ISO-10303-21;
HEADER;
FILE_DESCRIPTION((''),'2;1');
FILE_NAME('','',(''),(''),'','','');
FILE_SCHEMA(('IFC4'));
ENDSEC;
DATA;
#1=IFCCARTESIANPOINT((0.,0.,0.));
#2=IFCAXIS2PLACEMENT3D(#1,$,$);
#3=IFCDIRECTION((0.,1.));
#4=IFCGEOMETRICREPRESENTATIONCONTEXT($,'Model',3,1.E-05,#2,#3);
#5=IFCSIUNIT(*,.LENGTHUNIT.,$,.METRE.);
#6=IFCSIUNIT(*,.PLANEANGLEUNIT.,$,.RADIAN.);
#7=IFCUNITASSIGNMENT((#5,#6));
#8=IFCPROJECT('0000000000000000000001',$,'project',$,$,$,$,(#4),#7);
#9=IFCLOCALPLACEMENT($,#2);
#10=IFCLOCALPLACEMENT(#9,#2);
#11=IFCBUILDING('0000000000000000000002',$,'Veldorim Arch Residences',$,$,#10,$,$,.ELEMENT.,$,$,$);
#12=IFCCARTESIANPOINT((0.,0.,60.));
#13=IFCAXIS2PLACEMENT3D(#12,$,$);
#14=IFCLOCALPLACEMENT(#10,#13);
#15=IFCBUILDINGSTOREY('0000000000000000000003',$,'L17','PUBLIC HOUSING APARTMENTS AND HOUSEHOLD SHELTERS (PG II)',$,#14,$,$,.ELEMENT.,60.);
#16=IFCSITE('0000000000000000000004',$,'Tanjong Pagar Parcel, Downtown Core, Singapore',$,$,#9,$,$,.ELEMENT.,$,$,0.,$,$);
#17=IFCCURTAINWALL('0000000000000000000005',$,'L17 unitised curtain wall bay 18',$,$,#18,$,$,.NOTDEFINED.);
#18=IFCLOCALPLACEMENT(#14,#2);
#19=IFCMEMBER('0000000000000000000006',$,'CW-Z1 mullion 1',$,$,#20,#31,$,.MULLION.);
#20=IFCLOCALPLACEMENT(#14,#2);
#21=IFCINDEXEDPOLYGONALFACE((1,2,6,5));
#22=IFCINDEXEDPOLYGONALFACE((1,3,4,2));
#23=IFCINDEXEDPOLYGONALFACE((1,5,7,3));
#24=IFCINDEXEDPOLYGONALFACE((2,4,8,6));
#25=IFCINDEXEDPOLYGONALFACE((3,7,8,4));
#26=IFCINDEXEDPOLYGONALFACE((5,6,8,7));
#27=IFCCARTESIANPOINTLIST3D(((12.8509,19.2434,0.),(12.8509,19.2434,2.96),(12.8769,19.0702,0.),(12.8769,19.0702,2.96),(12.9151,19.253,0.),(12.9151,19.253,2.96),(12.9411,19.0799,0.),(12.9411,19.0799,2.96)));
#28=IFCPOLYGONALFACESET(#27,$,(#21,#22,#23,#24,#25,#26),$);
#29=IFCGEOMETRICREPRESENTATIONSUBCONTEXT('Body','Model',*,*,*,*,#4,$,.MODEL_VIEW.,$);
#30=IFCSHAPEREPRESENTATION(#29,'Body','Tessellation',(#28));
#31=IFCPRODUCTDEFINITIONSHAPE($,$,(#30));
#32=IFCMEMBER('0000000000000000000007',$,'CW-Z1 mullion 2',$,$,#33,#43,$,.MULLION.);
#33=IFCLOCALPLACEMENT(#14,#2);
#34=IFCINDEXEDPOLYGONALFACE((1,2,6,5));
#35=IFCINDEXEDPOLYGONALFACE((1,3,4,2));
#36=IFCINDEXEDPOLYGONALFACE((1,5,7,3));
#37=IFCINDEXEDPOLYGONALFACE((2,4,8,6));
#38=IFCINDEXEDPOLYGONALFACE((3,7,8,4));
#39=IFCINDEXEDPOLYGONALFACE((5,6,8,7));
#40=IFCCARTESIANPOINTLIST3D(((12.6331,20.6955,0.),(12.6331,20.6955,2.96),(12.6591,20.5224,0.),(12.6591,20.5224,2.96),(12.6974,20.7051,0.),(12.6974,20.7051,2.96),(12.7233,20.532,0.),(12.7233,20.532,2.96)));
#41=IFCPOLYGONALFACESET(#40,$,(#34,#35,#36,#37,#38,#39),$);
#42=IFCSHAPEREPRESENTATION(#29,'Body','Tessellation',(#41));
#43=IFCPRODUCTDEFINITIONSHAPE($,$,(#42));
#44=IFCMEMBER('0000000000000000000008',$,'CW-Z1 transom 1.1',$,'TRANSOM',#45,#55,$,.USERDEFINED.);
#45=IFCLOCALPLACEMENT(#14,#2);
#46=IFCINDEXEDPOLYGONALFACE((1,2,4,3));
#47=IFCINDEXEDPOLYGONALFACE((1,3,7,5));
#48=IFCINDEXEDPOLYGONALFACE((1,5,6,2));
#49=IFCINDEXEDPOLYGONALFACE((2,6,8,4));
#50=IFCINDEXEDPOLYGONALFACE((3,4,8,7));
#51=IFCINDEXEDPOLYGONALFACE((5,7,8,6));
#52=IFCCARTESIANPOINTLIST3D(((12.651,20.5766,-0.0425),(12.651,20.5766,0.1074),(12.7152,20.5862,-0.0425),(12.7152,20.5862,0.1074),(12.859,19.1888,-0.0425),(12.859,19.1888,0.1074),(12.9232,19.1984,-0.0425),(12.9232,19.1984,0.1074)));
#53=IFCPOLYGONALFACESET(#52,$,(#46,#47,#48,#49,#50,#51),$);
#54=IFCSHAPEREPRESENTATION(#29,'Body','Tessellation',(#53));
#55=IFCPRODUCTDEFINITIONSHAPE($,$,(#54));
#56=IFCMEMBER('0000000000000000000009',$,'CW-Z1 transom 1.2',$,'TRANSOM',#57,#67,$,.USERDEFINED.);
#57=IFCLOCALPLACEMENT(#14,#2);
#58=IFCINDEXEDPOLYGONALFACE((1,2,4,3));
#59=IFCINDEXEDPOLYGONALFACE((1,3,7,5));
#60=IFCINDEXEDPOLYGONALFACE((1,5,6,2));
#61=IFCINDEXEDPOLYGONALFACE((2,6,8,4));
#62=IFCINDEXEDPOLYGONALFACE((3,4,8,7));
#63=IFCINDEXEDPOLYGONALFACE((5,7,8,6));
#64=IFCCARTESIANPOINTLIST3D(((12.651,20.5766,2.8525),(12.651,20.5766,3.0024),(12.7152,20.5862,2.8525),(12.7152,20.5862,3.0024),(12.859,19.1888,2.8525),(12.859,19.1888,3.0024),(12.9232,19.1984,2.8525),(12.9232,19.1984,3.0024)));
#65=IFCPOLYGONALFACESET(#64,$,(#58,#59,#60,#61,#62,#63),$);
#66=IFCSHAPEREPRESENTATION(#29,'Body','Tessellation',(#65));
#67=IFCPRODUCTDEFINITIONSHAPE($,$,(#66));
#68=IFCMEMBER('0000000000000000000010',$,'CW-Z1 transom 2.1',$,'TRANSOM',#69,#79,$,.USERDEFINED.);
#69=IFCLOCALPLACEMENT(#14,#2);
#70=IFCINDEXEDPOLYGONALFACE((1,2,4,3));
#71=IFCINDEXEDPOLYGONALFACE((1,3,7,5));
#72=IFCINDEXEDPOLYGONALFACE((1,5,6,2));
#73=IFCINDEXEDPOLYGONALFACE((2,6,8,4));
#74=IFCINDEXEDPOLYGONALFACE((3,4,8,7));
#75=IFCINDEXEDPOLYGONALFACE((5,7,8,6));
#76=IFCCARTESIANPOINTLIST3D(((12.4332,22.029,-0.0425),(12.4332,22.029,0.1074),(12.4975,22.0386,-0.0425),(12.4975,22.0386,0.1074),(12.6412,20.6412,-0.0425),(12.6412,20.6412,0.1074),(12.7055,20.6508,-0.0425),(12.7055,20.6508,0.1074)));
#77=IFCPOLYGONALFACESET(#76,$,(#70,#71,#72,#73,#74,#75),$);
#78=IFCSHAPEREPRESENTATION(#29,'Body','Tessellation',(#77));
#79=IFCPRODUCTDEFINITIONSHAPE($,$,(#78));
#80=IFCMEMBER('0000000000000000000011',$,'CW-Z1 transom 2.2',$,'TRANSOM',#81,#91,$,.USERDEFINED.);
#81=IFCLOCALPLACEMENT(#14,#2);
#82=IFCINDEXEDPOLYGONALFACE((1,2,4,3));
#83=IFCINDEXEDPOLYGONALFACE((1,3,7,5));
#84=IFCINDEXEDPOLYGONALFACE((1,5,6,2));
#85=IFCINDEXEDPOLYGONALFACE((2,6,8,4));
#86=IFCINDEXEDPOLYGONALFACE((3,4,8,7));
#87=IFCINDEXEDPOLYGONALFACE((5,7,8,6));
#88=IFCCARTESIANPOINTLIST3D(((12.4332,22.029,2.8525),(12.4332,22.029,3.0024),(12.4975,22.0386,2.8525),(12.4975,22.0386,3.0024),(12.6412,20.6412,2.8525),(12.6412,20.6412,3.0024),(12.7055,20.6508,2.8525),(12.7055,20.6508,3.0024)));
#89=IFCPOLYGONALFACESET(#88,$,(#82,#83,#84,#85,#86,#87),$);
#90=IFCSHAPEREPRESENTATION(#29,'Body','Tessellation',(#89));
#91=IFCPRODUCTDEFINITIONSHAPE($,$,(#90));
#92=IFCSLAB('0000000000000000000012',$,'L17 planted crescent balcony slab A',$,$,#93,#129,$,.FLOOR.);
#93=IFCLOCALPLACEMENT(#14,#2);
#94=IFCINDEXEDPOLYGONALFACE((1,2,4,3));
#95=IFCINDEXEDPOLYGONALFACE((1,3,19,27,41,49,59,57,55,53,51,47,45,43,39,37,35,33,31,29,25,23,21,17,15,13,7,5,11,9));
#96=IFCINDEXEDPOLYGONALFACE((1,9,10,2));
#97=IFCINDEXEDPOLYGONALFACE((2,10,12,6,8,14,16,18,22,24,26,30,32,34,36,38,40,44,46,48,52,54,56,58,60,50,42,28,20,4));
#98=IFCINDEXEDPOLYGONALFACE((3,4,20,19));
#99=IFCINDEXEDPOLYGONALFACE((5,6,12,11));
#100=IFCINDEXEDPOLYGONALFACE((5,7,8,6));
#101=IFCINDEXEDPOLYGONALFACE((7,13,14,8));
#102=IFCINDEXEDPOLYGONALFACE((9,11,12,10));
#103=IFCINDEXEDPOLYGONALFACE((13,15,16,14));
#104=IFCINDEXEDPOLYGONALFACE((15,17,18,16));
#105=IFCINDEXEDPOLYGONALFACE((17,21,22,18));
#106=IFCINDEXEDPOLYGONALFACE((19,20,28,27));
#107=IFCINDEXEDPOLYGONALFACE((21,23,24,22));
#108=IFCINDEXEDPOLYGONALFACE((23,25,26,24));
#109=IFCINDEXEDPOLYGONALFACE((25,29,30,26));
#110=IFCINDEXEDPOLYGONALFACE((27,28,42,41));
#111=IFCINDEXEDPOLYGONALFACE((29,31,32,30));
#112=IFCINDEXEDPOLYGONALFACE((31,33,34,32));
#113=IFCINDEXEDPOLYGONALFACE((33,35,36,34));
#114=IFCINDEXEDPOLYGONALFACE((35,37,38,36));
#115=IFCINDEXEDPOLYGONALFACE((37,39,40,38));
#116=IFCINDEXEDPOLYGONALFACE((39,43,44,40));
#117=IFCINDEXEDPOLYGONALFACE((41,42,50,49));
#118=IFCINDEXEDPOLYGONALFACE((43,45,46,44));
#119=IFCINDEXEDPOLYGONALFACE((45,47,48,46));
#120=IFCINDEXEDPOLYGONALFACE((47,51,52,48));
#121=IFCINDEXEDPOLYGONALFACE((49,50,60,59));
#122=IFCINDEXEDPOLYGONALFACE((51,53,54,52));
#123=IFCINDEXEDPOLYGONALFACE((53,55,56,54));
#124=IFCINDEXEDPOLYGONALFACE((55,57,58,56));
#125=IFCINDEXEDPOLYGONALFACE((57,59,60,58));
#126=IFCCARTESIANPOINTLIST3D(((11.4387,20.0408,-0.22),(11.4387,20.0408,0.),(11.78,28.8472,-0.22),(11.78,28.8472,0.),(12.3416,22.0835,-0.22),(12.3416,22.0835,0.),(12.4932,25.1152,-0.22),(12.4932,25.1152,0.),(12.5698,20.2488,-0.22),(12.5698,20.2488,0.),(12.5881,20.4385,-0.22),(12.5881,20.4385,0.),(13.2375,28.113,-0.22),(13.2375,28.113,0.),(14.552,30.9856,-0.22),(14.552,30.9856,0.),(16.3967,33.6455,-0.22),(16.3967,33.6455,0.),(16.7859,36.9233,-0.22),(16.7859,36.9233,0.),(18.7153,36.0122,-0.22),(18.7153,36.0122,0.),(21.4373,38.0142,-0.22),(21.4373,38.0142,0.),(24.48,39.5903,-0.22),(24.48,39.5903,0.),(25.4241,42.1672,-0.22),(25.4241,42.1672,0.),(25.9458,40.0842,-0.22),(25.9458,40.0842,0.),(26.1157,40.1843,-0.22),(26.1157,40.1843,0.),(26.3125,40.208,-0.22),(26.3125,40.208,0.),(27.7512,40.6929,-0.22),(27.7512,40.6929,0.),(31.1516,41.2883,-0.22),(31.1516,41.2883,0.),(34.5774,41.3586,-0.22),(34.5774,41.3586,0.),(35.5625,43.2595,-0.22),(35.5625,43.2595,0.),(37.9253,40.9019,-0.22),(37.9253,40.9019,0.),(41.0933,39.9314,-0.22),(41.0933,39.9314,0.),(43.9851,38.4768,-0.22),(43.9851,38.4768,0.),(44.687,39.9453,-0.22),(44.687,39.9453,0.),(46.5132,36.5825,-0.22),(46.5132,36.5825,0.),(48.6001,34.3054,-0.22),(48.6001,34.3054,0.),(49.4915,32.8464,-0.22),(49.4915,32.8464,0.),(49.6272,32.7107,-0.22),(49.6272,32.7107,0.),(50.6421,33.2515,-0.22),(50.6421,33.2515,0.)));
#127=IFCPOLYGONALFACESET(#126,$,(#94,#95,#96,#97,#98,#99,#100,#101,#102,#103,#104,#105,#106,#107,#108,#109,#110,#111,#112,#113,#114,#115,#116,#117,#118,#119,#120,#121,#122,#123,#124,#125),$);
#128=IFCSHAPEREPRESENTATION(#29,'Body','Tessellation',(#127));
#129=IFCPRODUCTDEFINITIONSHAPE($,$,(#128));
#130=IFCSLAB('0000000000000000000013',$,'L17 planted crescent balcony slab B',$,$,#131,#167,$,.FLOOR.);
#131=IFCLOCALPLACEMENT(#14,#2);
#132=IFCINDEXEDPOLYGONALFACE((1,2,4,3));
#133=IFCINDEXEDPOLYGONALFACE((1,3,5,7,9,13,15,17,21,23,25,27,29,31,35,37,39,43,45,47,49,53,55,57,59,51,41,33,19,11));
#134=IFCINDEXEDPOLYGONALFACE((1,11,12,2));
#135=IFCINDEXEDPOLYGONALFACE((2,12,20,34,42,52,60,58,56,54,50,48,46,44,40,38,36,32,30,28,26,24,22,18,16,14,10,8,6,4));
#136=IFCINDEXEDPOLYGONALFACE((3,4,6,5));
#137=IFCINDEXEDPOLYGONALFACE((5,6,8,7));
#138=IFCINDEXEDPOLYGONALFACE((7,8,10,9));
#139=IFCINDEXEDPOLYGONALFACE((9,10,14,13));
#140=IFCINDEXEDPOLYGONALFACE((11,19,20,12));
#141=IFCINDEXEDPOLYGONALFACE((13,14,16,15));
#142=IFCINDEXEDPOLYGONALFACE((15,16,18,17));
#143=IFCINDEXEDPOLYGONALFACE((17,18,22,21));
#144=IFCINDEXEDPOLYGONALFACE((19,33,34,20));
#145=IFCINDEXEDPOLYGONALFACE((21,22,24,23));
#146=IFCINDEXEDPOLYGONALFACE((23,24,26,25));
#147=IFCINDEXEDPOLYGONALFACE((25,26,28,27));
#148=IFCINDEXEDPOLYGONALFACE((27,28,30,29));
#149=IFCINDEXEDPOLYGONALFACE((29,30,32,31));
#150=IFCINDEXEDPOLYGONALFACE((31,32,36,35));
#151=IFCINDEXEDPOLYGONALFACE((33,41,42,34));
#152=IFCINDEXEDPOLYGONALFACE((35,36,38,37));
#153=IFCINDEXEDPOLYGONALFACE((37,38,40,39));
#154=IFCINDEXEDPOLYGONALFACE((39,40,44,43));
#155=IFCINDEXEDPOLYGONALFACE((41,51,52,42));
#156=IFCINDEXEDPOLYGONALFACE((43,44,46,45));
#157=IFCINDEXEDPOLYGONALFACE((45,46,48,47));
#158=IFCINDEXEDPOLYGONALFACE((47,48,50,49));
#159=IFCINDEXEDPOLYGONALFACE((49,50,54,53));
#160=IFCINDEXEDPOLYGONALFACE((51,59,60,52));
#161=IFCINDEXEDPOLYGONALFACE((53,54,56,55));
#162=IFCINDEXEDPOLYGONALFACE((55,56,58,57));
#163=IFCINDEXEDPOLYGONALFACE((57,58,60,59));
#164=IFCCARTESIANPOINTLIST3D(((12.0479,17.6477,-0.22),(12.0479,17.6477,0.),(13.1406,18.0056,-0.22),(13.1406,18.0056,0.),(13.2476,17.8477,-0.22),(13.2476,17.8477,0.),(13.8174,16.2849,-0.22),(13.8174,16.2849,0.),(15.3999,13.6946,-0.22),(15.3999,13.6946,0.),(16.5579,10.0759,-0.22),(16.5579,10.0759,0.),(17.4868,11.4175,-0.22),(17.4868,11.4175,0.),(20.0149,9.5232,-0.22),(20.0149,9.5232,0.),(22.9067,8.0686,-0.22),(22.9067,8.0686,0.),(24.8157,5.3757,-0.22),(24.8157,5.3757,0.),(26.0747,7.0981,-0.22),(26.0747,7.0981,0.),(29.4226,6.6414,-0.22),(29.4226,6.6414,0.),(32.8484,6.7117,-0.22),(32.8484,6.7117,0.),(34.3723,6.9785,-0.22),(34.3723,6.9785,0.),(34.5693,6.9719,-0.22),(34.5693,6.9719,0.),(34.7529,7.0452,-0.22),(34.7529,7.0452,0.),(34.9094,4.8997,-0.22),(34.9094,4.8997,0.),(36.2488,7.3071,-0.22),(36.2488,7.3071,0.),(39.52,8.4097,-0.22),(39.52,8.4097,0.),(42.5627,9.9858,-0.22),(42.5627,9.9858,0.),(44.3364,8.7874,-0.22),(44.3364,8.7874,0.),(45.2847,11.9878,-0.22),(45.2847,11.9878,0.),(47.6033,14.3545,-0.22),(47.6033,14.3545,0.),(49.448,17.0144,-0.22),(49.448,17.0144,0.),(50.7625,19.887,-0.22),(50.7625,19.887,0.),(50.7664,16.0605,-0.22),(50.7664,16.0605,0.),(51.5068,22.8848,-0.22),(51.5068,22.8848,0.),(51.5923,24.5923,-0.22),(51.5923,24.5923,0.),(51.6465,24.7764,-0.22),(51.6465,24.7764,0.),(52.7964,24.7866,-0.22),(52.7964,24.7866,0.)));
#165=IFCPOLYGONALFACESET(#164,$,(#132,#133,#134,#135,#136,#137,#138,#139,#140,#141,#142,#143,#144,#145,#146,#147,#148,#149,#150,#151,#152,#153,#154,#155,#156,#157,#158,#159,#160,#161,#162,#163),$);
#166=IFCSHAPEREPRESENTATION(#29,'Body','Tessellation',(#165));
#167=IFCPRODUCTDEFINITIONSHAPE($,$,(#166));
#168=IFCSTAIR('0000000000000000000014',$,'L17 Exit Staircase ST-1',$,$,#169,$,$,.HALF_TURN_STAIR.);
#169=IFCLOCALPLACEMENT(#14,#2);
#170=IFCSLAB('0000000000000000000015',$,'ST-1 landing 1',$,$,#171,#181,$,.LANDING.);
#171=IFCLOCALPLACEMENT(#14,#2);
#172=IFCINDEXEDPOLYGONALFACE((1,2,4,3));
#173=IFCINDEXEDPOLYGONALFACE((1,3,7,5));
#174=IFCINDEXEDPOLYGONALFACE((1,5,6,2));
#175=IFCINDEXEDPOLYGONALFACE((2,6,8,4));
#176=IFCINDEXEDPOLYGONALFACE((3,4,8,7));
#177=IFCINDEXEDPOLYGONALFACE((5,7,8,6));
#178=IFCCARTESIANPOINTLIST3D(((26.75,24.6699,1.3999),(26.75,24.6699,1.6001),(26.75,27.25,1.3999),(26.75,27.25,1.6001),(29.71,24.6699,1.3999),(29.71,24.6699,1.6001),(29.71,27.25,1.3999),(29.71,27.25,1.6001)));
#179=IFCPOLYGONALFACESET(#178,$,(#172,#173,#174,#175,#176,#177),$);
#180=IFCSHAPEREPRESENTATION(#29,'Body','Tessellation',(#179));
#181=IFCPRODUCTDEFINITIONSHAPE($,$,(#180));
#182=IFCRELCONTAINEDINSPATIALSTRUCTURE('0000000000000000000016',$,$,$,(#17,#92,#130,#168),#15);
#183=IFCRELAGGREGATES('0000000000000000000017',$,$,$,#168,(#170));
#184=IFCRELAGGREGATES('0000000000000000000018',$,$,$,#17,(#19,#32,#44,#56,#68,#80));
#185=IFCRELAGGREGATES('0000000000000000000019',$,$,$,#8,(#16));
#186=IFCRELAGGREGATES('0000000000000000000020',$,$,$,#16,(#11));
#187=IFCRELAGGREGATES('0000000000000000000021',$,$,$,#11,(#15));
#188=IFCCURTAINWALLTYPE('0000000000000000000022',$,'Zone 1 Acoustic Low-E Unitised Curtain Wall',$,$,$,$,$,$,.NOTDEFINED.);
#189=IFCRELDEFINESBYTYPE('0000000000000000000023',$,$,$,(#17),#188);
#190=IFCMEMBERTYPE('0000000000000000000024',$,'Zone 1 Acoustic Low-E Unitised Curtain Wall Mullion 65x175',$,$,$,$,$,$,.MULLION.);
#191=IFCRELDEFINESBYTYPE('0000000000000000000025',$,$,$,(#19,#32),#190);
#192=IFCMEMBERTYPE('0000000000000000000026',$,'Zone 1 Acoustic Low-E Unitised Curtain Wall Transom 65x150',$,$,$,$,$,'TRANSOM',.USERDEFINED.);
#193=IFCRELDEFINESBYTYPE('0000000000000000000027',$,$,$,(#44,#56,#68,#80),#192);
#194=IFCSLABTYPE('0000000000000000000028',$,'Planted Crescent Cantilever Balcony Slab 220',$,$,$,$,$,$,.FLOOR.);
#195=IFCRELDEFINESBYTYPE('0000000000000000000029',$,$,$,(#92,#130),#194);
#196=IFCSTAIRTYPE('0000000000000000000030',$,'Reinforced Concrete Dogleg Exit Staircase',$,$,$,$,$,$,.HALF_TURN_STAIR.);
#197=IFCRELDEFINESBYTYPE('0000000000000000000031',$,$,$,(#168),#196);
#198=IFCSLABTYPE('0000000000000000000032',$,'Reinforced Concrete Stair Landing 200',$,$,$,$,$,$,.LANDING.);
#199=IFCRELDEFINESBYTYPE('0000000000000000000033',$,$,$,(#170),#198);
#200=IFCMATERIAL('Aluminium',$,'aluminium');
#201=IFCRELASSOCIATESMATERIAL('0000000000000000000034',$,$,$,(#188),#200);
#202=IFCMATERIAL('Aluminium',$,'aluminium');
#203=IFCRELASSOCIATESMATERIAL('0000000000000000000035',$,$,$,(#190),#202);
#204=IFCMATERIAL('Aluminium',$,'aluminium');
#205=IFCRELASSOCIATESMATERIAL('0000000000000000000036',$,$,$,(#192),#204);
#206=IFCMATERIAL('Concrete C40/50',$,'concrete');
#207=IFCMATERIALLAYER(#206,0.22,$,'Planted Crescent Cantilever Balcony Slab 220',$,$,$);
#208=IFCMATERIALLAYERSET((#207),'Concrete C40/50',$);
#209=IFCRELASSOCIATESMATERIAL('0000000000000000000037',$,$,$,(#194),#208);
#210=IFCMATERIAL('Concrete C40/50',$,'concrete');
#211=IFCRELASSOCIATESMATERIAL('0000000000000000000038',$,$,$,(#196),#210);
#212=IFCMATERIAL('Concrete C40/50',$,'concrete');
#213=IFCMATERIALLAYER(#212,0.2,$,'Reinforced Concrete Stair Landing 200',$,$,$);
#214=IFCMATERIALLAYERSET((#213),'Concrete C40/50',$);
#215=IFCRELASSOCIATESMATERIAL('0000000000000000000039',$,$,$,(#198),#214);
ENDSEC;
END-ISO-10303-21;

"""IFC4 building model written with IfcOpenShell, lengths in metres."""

from ifc_helpers import new_model, si_unit, direction, frame, origin, origin_2d, place, context, subcontext, project, spatial, polyline, rectangle, outline, extrude, material, layer, layer_set, material_profile, profile_set, type_object, element, aggregate, save


model = new_model("IFC4")

# Units and contexts
model_context = context("Model", 3, precision=1e-05, world=origin(), true_north=direction((0.0, 1.0)))
body_context = subcontext(model_context, "Body", "Model", "MODEL_VIEW")
ifc_project = project(units=[si_unit("LENGTHUNIT", "METRE"), si_unit("PLANEANGLEUNIT", "RADIAN")], contexts=[model_context])

# Site, building, storey
site_placement = place(None, origin())
site = spatial("IfcSite", under=ifc_project, at=site_placement, Name="Tanjong Pagar Parcel, Downtown Core, Singapore", CompositionType="ELEMENT", RefElevation=0.0)
building_placement = place(site_placement, origin())
building = spatial("IfcBuilding", under=site, at=building_placement, Name="Veldorim Arch Residences", CompositionType="ELEMENT")
storey_placement = place(building_placement, frame((0.0, 0.0, 60.0)))
storey = spatial("IfcBuildingStorey", under=building, at=storey_placement, Name="L17", Description="PUBLIC HOUSING APARTMENTS AND HOUSEHOLD SHELTERS (PG II)", CompositionType="ELEMENT", Elevation=60.0)

# Curtain wall, members
ifc_material_1 = material(Name="Aluminium", Category="aluminium")
curtain_wall_type = type_object("IfcCurtainWallType", Name="Zone 1 Acoustic Low-E Unitised Curtain Wall", PredefinedType="NOTDEFINED", material=ifc_material_1)
curtain_wall_placement = place(storey_placement, origin())
curtain_wall = element("IfcCurtainWall", 1, at=curtain_wall_placement, inside=storey, type_object=curtain_wall_type, Name="L17 unitised curtain wall bay 18", PredefinedType="NOTDEFINED")
ifc_material_2 = material(Name="Aluminium", Category="aluminium")
ifc_material_profile_1 = material_profile(ifc_material_2, rectangle(XDim=0.0649, YDim=0.175, at=origin_2d()), Name="ALU_MUL_65x175")
ifc_profile_set_1 = profile_set([ifc_material_profile_1], Name="Aluminium")
member_type_1 = type_object("IfcMemberType", Name="Zone 1 Acoustic Low-E Unitised Curtain Wall Mullion 65x175", PredefinedType="MULLION", material=ifc_profile_set_1)
member_1_placement = place(storey_placement, frame((12.896, 19.1616, 0.0), z_axis=(0.0, 0.0, 1.0), x_axis=(-0.988941, -0.148306, 0.0)))
member_1 = element("IfcMember", 2, at=member_1_placement, type_object=member_type_1, Name="CW-Z1 mullion 1", PredefinedType="MULLION", context=body_context, shape_type="SweptSolid", body=[
    extrude(rectangle(XDim=0.0649, YDim=0.175, at=origin_2d()), origin(), (0.0, 0.0, 1.0), 2.96),
])
member_2_placement = place(storey_placement, frame((12.6782, 20.6138, 0.0), z_axis=(0.0, 0.0, 1.0), x_axis=(-0.988941, -0.148306, 0.0)))
member_2 = element("IfcMember", 3, at=member_2_placement, type_object=member_type_1, Name="CW-Z1 mullion 2", PredefinedType="MULLION", context=body_context, shape_type="SweptSolid", body=[
    extrude(rectangle(XDim=0.0649, YDim=0.175, at=origin_2d()), origin(), (0.0, 0.0, 1.0), 2.96),
])
ifc_material_3 = material(Name="Aluminium", Category="aluminium")
ifc_material_profile_2 = material_profile(ifc_material_3, rectangle(XDim=0.0649, YDim=0.1499, at=origin_2d()), Name="ALU_TRN_65x150")
ifc_profile_set_2 = profile_set([ifc_material_profile_2], Name="Aluminium")
member_type_2 = type_object("IfcMemberType", Name="Zone 1 Acoustic Low-E Unitised Curtain Wall Transom 65x150", ElementType="TRANSOM", PredefinedType="USERDEFINED", material=ifc_profile_set_2)
member_3_placement = place(storey_placement, frame((12.8911, 19.1936, 0.0325), z_axis=(-0.148213, 0.988955, 0.0), x_axis=(-0.988955, -0.148213, 0.0)))
member_3 = element("IfcMember", 4, at=member_3_placement, type_object=member_type_2, Name="CW-Z1 transom 1.1", ObjectType="TRANSOM", PredefinedType="USERDEFINED", context=body_context, shape_type="SweptSolid", body=[
    extrude(rectangle(XDim=0.0649, YDim=0.1499, at=origin_2d()), origin(), (0.0, 0.0, 1.0), 1.4033),
])
member_4_placement = place(storey_placement, frame((12.8911, 19.1936, 2.9275), z_axis=(-0.148213, 0.988955, 0.0), x_axis=(-0.988955, -0.148213, 0.0)))
member_4 = element("IfcMember", 5, at=member_4_placement, type_object=member_type_2, Name="CW-Z1 transom 1.2", ObjectType="TRANSOM", PredefinedType="USERDEFINED", context=body_context, shape_type="SweptSolid", body=[
    extrude(rectangle(XDim=0.0649, YDim=0.1499, at=origin_2d()), origin(), (0.0, 0.0, 1.0), 1.4033),
])
member_5_placement = place(storey_placement, frame((12.6733, 20.646, 0.0325), z_axis=(-0.148213, 0.988955, 0.0), x_axis=(-0.988955, -0.148213, 0.0)))
member_5 = element("IfcMember", 6, at=member_5_placement, type_object=member_type_2, Name="CW-Z1 transom 2.1", ObjectType="TRANSOM", PredefinedType="USERDEFINED", context=body_context, shape_type="SweptSolid", body=[
    extrude(rectangle(XDim=0.0649, YDim=0.1499, at=origin_2d()), origin(), (0.0, 0.0, 1.0), 1.4033),
])
member_6_placement = place(storey_placement, frame((12.6733, 20.646, 2.9275), z_axis=(-0.148213, 0.988955, 0.0), x_axis=(-0.988955, -0.148213, 0.0)))
member_6 = element("IfcMember", 7, at=member_6_placement, type_object=member_type_2, Name="CW-Z1 transom 2.2", ObjectType="TRANSOM", PredefinedType="USERDEFINED", context=body_context, shape_type="SweptSolid", body=[
    extrude(rectangle(XDim=0.0649, YDim=0.1499, at=origin_2d()), origin(), (0.0, 0.0, 1.0), 1.4033),
])

# Slabs
ifc_material_4 = material(Name="Concrete C40/50", Category="concrete")
ifc_layer_1 = layer(ifc_material_4, 0.22, Name="Planted Crescent Cantilever Balcony Slab 220")
ifc_layer_set_1 = layer_set([ifc_layer_1], Name="Concrete C40/50")
slab_type_1 = type_object("IfcSlabType", Name="Planted Crescent Cantilever Balcony Slab 220", PredefinedType="FLOOR", material=ifc_layer_set_1)
slab_1_placement = place(storey_placement, frame((0.0, 0.0, -0.22)))
element("IfcSlab", 8, at=slab_1_placement, inside=storey, type_object=slab_type_1, Name="L17 planted crescent balcony slab A", PredefinedType="FLOOR", context=body_context, shape_type="SweptSolid", body=[
    extrude(outline(polyline([(49.4915, 32.8464), (48.6001, 34.3054), (46.5132, 36.5825), (43.9851, 38.4768), (41.0933, 39.9314), (37.9253, 40.9019), (34.5774, 41.3586), (31.1516, 41.2883), (27.7512, 40.6929), (26.3125, 40.208), (26.1157, 40.1843), (25.9458, 40.0842), (24.48, 39.5903), (21.4373, 38.0142), (18.7153, 36.0122), (16.3967, 33.6455), (14.552, 30.9856), (13.2375, 28.113), (12.4932, 25.1152), (12.3416, 22.0835), (12.5881, 20.4385), (12.5698, 20.2488), (11.4387, 20.0408), (11.78, 28.8472), (16.7859, 36.9233), (25.4241, 42.1672), (35.5625, 43.2595), (44.687, 39.9453), (50.6421, 33.2515), (49.6272, 32.7107), (49.4915, 32.8464)])), origin(), (0.0, 0.0, 1.0), 0.22),
])
slab_2_placement = place(storey_placement, frame((0.0, 0.0, -0.22)))
element("IfcSlab", 9, at=slab_2_placement, inside=storey, type_object=slab_type_1, Name="L17 planted crescent balcony slab B", PredefinedType="FLOOR", context=body_context, shape_type="SweptSolid", body=[
    extrude(outline(polyline([(13.2476, 17.8477), (13.8174, 16.2849), (15.3999, 13.6946), (17.4868, 11.4175), (20.0149, 9.5232), (22.9067, 8.0686), (26.0747, 7.0981), (29.4226, 6.6414), (32.8484, 6.7117), (34.3723, 6.9785), (34.5693, 6.9719), (34.7529, 7.0452), (36.2488, 7.3071), (39.52, 8.4097), (42.5627, 9.9858), (45.2847, 11.9878), (47.6033, 14.3545), (49.448, 17.0144), (50.7625, 19.887), (51.5068, 22.8848), (51.5923, 24.5923), (51.6465, 24.7764), (52.7964, 24.7866), (50.7664, 16.0605), (44.3364, 8.7874), (34.9094, 4.8997), (24.8157, 5.3757), (16.5579, 10.0759), (12.0479, 17.6477), (13.1406, 18.0056), (13.2476, 17.8477)])), origin(), (0.0, 0.0, 1.0), 0.22),
])

# Stair, slab
ifc_material_5 = material(Name="Concrete C40/50", Category="concrete")
stair_type = type_object("IfcStairType", Name="Reinforced Concrete Dogleg Exit Staircase", PredefinedType="HALF_TURN_STAIR", material=ifc_material_5)
stair_1_placement = place(storey_placement, origin())
stair_1 = element("IfcStair", 10, at=stair_1_placement, inside=storey, type_object=stair_type, Name="L17 Exit Staircase ST-1", PredefinedType="HALF_TURN_STAIR")
ifc_material_6 = material(Name="Concrete C40/50", Category="concrete")
ifc_layer_2 = layer(ifc_material_6, 0.2, Name="Reinforced Concrete Stair Landing 200")
ifc_layer_set_2 = layer_set([ifc_layer_2], Name="Concrete C40/50")
slab_type_2 = type_object("IfcSlabType", Name="Reinforced Concrete Stair Landing 200", PredefinedType="LANDING", material=ifc_layer_set_2)
slab_3_placement = place(storey_placement, frame((0.0, 0.0, 1.3999)))
slab_3 = element("IfcSlab", 11, at=slab_3_placement, type_object=slab_type_2, Name="ST-1 landing 1", PredefinedType="LANDING", context=body_context, shape_type="SweptSolid", body=[
    extrude(outline(polyline([(29.71, 24.6699), (29.71, 27.25), (26.75, 27.25), (26.75, 24.6699), (29.71, 24.6699)])), origin(), (0.0, 0.0, 1.0), 0.2002),
])
aggregate(stair_1, [slab_3])

aggregate(curtain_wall, [member_1, member_2, member_3, member_4, member_5, member_6])

save(model, "model.ifc")
